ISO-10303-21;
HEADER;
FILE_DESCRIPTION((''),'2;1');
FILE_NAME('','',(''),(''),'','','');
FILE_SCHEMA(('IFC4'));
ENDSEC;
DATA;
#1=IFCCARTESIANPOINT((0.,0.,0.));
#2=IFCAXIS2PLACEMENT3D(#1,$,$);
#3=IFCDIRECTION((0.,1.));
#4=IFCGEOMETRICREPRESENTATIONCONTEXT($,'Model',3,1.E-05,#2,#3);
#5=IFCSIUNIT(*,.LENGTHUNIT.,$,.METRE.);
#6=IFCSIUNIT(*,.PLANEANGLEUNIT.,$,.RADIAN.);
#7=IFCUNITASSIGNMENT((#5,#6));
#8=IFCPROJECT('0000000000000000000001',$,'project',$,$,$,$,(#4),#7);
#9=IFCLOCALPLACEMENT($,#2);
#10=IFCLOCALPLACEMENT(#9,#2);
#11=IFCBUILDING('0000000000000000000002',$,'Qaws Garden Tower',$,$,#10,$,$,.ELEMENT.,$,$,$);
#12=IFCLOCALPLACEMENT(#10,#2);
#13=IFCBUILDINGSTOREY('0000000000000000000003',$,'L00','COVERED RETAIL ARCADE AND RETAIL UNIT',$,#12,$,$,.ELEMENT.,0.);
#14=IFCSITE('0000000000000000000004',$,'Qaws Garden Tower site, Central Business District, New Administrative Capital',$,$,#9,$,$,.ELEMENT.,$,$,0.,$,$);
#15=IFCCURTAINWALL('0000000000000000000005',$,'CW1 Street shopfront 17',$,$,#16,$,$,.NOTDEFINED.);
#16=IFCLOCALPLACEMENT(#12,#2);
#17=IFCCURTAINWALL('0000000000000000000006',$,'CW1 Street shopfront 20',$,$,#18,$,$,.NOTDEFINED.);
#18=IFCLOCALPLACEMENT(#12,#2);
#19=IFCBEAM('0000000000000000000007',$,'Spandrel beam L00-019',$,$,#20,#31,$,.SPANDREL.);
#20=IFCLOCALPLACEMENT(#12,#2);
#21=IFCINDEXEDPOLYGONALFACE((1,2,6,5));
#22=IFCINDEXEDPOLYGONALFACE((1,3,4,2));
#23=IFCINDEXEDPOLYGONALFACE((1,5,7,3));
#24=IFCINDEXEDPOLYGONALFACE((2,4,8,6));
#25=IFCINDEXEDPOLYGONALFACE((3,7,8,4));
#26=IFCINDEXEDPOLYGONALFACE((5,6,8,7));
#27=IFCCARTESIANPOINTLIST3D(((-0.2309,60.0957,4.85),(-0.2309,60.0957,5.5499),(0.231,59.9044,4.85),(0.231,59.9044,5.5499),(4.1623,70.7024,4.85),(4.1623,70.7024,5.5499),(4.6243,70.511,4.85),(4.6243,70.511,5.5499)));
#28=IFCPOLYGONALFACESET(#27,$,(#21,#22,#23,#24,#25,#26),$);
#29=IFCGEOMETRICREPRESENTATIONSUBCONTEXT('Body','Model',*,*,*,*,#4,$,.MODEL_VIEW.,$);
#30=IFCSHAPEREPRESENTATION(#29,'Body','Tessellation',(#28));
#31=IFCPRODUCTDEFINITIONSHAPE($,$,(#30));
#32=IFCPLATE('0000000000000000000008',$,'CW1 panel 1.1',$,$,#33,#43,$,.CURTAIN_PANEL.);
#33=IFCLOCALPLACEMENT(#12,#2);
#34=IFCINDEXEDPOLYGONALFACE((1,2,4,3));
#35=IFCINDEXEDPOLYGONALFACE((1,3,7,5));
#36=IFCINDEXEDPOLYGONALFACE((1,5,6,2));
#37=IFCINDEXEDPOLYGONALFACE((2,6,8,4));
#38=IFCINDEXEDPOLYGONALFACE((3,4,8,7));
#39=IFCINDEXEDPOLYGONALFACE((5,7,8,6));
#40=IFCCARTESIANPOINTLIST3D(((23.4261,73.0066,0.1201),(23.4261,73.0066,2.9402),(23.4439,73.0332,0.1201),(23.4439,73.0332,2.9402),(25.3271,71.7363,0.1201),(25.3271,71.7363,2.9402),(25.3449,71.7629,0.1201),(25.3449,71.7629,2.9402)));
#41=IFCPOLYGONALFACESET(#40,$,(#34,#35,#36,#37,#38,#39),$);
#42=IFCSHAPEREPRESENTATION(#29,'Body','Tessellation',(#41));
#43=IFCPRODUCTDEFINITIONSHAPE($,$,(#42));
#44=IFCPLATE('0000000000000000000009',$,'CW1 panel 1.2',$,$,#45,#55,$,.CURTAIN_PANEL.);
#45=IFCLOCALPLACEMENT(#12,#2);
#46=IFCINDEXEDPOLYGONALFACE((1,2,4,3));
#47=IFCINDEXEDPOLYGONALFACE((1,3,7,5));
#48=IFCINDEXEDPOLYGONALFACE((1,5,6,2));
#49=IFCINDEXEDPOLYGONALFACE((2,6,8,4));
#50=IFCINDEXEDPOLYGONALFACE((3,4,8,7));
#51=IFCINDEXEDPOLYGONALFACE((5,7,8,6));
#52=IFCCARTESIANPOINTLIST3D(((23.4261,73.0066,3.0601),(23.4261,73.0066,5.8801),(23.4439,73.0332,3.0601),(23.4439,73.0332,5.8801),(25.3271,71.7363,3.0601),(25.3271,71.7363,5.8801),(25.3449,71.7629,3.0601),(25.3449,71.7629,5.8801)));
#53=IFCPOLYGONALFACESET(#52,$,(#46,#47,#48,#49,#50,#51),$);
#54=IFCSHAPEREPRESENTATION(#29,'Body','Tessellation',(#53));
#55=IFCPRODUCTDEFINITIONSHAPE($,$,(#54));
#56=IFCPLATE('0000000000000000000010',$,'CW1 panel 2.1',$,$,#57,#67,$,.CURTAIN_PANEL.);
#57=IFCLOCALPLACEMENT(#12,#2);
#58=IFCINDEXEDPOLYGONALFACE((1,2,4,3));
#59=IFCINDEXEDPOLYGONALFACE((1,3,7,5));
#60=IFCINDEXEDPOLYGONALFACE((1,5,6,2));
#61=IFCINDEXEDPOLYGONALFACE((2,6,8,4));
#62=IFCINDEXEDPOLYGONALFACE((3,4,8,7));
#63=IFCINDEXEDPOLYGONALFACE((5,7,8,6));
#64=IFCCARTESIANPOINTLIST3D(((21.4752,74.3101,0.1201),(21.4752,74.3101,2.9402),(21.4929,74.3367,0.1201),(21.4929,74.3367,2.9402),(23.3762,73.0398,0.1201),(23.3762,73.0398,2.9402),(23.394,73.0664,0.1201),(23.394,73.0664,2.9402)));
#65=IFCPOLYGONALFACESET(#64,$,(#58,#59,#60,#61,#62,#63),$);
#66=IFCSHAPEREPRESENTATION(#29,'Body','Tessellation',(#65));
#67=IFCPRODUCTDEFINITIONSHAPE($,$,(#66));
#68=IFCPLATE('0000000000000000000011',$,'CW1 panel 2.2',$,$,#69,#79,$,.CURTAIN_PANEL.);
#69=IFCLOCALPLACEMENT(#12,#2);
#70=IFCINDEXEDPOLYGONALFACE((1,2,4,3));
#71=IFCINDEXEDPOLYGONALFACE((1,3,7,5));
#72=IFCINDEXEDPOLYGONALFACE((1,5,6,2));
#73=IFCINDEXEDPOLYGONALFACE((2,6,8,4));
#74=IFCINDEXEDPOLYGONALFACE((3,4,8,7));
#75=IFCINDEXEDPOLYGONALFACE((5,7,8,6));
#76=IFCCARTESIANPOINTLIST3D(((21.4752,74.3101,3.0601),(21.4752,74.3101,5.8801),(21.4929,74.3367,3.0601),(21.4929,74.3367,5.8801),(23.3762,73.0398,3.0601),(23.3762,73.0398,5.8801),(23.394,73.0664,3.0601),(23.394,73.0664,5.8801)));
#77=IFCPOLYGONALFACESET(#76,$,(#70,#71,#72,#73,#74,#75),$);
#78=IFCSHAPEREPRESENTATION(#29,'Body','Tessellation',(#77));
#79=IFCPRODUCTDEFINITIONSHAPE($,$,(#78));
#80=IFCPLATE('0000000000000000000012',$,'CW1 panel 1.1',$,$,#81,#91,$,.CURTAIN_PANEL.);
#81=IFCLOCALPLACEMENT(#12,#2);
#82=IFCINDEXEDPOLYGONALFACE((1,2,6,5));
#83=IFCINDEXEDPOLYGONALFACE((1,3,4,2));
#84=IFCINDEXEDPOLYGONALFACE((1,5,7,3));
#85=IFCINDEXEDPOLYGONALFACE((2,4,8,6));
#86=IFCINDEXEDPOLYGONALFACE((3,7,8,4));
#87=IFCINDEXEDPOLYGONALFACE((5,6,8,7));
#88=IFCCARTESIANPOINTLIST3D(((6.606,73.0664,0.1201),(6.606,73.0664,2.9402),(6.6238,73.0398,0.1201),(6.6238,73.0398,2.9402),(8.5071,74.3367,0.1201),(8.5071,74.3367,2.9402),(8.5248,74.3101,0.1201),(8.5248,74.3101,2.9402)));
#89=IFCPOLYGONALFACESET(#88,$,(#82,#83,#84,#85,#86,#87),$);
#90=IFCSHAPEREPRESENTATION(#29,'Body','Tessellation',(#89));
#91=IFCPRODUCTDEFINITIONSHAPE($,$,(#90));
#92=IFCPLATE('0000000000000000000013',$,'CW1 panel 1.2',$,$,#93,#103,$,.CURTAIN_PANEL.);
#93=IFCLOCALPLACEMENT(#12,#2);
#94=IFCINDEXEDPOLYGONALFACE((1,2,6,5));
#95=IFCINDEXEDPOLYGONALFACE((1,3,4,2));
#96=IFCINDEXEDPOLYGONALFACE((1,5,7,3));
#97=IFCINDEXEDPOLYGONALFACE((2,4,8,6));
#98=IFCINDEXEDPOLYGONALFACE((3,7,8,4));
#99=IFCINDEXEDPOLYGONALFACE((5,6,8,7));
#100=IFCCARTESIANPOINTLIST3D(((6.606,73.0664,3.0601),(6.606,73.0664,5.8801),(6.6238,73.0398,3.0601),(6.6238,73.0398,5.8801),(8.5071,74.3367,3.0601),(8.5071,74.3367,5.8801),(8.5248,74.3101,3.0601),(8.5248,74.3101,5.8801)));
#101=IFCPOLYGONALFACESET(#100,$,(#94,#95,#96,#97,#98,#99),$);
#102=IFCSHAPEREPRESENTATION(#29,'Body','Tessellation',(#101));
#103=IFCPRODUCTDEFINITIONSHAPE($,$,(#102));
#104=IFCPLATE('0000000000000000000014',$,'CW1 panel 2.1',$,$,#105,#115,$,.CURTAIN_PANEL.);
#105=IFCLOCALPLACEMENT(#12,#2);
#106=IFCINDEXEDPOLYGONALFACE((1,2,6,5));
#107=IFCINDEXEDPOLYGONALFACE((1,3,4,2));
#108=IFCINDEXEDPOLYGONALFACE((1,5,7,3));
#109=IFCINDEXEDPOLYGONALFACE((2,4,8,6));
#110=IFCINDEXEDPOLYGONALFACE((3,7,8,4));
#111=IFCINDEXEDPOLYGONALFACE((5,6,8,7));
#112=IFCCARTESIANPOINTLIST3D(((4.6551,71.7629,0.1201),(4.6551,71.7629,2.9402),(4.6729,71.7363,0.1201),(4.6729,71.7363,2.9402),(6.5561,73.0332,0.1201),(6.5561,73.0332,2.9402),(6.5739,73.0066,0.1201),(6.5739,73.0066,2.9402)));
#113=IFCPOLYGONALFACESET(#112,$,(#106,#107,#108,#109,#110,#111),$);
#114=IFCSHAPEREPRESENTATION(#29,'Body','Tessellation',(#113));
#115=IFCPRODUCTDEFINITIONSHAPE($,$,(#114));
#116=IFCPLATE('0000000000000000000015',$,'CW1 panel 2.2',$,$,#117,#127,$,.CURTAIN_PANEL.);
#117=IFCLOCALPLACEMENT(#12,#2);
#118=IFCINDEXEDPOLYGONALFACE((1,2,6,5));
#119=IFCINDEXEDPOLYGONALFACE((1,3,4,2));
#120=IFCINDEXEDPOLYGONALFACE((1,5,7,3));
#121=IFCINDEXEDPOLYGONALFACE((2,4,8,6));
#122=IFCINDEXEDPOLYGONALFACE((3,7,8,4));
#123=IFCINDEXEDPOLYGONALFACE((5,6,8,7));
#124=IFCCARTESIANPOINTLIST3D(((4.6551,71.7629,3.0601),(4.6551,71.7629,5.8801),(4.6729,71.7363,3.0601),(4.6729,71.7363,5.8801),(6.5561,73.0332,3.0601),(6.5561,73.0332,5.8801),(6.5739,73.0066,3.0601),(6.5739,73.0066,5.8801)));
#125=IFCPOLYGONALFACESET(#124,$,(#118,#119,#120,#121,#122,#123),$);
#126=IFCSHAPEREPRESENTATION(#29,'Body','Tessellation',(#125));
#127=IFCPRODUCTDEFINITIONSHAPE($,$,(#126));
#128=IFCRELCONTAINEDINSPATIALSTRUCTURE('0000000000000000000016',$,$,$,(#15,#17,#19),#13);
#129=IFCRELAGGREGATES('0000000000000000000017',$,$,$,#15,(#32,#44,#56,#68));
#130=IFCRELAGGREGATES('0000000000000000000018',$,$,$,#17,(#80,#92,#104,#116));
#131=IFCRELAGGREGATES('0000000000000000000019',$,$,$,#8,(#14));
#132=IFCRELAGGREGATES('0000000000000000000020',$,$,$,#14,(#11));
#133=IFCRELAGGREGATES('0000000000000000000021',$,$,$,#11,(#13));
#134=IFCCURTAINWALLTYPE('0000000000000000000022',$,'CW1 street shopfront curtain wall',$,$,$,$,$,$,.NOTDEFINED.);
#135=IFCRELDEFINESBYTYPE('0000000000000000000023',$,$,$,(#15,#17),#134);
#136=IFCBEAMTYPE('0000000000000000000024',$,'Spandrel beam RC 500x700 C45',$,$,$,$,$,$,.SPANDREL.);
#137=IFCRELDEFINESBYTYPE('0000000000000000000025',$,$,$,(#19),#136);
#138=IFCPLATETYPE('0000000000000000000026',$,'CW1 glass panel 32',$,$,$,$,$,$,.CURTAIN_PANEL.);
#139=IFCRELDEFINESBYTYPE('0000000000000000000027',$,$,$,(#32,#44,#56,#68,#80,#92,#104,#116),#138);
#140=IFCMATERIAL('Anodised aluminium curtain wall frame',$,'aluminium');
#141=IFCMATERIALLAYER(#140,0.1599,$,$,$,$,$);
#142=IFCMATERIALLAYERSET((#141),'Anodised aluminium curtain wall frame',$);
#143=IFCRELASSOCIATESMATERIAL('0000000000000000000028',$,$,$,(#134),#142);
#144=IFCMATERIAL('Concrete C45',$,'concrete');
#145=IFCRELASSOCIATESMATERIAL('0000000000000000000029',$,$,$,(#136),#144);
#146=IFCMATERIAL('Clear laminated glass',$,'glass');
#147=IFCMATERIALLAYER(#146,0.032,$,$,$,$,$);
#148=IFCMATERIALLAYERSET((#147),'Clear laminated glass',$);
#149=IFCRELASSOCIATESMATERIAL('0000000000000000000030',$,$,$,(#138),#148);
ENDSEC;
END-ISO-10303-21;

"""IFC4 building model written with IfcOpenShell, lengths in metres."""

from ifc_helpers import new_model, si_unit, direction, frame, origin, origin_2d, place, context, subcontext, project, spatial, rectangle, extrude, material, layer, layer_set, material_profile, profile_set, type_object, element, aggregate, save


model = new_model("IFC4")

# Units and contexts
model_context = context("Model", 3, precision=1e-05, world=origin(), true_north=direction((0.0, 1.0)))
body_context = subcontext(model_context, "Body", "Model", "MODEL_VIEW")
ifc_project = project(units=[si_unit("LENGTHUNIT", "METRE"), si_unit("PLANEANGLEUNIT", "RADIAN")], contexts=[model_context])

# Site, building, storey
site_placement = place(None, origin())
site = spatial("IfcSite", under=ifc_project, at=site_placement, Name="Qaws Garden Tower site, Central Business District, New Administrative Capital", CompositionType="ELEMENT", RefElevation=0.0)
building_placement = place(site_placement, origin())
building = spatial("IfcBuilding", under=site, at=building_placement, Name="Qaws Garden Tower", CompositionType="ELEMENT")
storey_placement = place(building_placement, origin())
storey = spatial("IfcBuildingStorey", under=building, at=storey_placement, Name="L00", Description="COVERED RETAIL ARCADE AND RETAIL UNIT", CompositionType="ELEMENT", Elevation=0.0)

# Shared definitions
ifc_material_1 = material(Name="Anodised aluminium curtain wall frame", Category="aluminium")
ifc_layer_1 = layer(ifc_material_1, 0.1599)
ifc_layer_set_1 = layer_set([ifc_layer_1], Name="Anodised aluminium curtain wall frame")
curtain_wall_type = type_object("IfcCurtainWallType", Name="CW1 street shopfront curtain wall", PredefinedType="NOTDEFINED", material=ifc_layer_set_1)
placement = place(storey_placement, origin())

# Curtain wall
curtain_wall_1 = element("IfcCurtainWall", 1, at=placement, inside=storey, type_object=curtain_wall_type, Name="CW1 Street shopfront 17", PredefinedType="NOTDEFINED")

# Curtain wall
curtain_wall_2 = element("IfcCurtainWall", 2, at=placement, inside=storey, type_object=curtain_wall_type, Name="CW1 Street shopfront 20", PredefinedType="NOTDEFINED")

# Beam
ifc_material_2 = material(Name="Concrete C45", Category="concrete")
ifc_material_profile_1 = material_profile(ifc_material_2, rectangle(XDim=0.5, YDim=0.7, at=origin_2d()), Name="RC 500x700")
ifc_profile_set_1 = profile_set([ifc_material_profile_1], Name="Concrete C45")
beam_type = type_object("IfcBeamType", Name="Spandrel beam RC 500x700 C45", PredefinedType="SPANDREL", material=ifc_profile_set_1)
for number, where, z_axis, x_axis, name in (
    (3, (4.3933, 70.6067, 5.2), (-0.382674, -0.923883, 0.0), (0.923883, -0.382674, 0.0), "Spandrel beam L00-019"),
):
    element("IfcBeam", number, at=place(storey_placement, frame(where, z_axis=z_axis, x_axis=x_axis)), inside=storey, type_object=beam_type, Name=name, PredefinedType="SPANDREL", context=body_context, shape_type="SweptSolid", body=[
        extrude(rectangle(XDim=0.5, YDim=0.7, at=origin_2d()), origin(), (0.0, 0.0, 1.0), 11.4805),
    ])

# Plates
ifc_material_3 = material(Name="Clear laminated glass", Category="glass")
ifc_layer_2 = layer(ifc_material_3, 0.032)
ifc_layer_set_2 = layer_set([ifc_layer_2], Name="Clear laminated glass")
plate_type = type_object("IfcPlateType", Name="CW1 glass panel 32", PredefinedType="CURTAIN_PANEL", material=ifc_layer_set_2)
plate_1_placement = place(storey_placement, frame((24.3855, 72.3848, 0.1201), z_axis=(0.0, 0.0, 1.0), x_axis=(-0.83147, 0.55557, 0.0)))
plate_1 = element("IfcPlate", 4, at=plate_1_placement, type_object=plate_type, Name="CW1 panel 1.1", PredefinedType="CURTAIN_PANEL", context=body_context, shape_type="SweptSolid", body=[
    extrude(rectangle(XDim=2.2864, YDim=0.032, at=origin_2d()), origin(), (0.0, 0.0, 1.0), 2.8201),
])
plate_2_placement = place(storey_placement, frame((24.3855, 72.3848, 3.0601), z_axis=(0.0, 0.0, 1.0), x_axis=(-0.83147, 0.55557, 0.0)))
plate_2 = element("IfcPlate", 5, at=plate_2_placement, type_object=plate_type, Name="CW1 panel 1.2", PredefinedType="CURTAIN_PANEL", context=body_context, shape_type="SweptSolid", body=[
    extrude(rectangle(XDim=2.2864, YDim=0.032, at=origin_2d()), origin(), (0.0, 0.0, 1.0), 2.8201),
])
plate_3_placement = place(storey_placement, frame((22.4346, 73.6882, 0.1201), z_axis=(0.0, 0.0, 1.0), x_axis=(-0.83147, 0.55557, 0.0)))
plate_3 = element("IfcPlate", 6, at=plate_3_placement, type_object=plate_type, Name="CW1 panel 2.1", PredefinedType="CURTAIN_PANEL", context=body_context, shape_type="SweptSolid", body=[
    extrude(rectangle(XDim=2.2864, YDim=0.032, at=origin_2d()), origin(), (0.0, 0.0, 1.0), 2.8201),
])
plate_4_placement = place(storey_placement, frame((22.4346, 73.6882, 3.0601), z_axis=(0.0, 0.0, 1.0), x_axis=(-0.83147, 0.55557, 0.0)))
plate_4 = element("IfcPlate", 7, at=plate_4_placement, type_object=plate_type, Name="CW1 panel 2.2", PredefinedType="CURTAIN_PANEL", context=body_context, shape_type="SweptSolid", body=[
    extrude(rectangle(XDim=2.2864, YDim=0.032, at=origin_2d()), origin(), (0.0, 0.0, 1.0), 2.8201),
])
aggregate(curtain_wall_1, [plate_1, plate_2, plate_3, plate_4])
plate_5_placement = place(storey_placement, frame((7.5654, 73.6882, 0.1201), z_axis=(0.0, 0.0, 1.0), x_axis=(-0.83147, -0.55557, 0.0)))
plate_5 = element("IfcPlate", 8, at=plate_5_placement, type_object=plate_type, Name="CW1 panel 1.1", PredefinedType="CURTAIN_PANEL", context=body_context, shape_type="SweptSolid", body=[
    extrude(rectangle(XDim=2.2864, YDim=0.032, at=origin_2d()), origin(), (0.0, 0.0, 1.0), 2.8201),
])
plate_6_placement = place(storey_placement, frame((7.5654, 73.6882, 3.0601), z_axis=(0.0, 0.0, 1.0), x_axis=(-0.83147, -0.55557, 0.0)))
plate_6 = element("IfcPlate", 9, at=plate_6_placement, type_object=plate_type, Name="CW1 panel 1.2", PredefinedType="CURTAIN_PANEL", context=body_context, shape_type="SweptSolid", body=[
    extrude(rectangle(XDim=2.2864, YDim=0.032, at=origin_2d()), origin(), (0.0, 0.0, 1.0), 2.8201),
])
plate_7_placement = place(storey_placement, frame((5.6145, 72.3848, 0.1201), z_axis=(0.0, 0.0, 1.0), x_axis=(-0.83147, -0.55557, 0.0)))
plate_7 = element("IfcPlate", 10, at=plate_7_placement, type_object=plate_type, Name="CW1 panel 2.1", PredefinedType="CURTAIN_PANEL", context=body_context, shape_type="SweptSolid", body=[
    extrude(rectangle(XDim=2.2864, YDim=0.032, at=origin_2d()), origin(), (0.0, 0.0, 1.0), 2.8201),
])
plate_8_placement = place(storey_placement, frame((5.6145, 72.3848, 3.0601), z_axis=(0.0, 0.0, 1.0), x_axis=(-0.83147, -0.55557, 0.0)))
plate_8 = element("IfcPlate", 11, at=plate_8_placement, type_object=plate_type, Name="CW1 panel 2.2", PredefinedType="CURTAIN_PANEL", context=body_context, shape_type="SweptSolid", body=[
    extrude(rectangle(XDim=2.2864, YDim=0.032, at=origin_2d()), origin(), (0.0, 0.0, 1.0), 2.8201),
])
aggregate(curtain_wall_2, [plate_5, plate_6, plate_7, plate_8])

save(model, "model.ifc")
